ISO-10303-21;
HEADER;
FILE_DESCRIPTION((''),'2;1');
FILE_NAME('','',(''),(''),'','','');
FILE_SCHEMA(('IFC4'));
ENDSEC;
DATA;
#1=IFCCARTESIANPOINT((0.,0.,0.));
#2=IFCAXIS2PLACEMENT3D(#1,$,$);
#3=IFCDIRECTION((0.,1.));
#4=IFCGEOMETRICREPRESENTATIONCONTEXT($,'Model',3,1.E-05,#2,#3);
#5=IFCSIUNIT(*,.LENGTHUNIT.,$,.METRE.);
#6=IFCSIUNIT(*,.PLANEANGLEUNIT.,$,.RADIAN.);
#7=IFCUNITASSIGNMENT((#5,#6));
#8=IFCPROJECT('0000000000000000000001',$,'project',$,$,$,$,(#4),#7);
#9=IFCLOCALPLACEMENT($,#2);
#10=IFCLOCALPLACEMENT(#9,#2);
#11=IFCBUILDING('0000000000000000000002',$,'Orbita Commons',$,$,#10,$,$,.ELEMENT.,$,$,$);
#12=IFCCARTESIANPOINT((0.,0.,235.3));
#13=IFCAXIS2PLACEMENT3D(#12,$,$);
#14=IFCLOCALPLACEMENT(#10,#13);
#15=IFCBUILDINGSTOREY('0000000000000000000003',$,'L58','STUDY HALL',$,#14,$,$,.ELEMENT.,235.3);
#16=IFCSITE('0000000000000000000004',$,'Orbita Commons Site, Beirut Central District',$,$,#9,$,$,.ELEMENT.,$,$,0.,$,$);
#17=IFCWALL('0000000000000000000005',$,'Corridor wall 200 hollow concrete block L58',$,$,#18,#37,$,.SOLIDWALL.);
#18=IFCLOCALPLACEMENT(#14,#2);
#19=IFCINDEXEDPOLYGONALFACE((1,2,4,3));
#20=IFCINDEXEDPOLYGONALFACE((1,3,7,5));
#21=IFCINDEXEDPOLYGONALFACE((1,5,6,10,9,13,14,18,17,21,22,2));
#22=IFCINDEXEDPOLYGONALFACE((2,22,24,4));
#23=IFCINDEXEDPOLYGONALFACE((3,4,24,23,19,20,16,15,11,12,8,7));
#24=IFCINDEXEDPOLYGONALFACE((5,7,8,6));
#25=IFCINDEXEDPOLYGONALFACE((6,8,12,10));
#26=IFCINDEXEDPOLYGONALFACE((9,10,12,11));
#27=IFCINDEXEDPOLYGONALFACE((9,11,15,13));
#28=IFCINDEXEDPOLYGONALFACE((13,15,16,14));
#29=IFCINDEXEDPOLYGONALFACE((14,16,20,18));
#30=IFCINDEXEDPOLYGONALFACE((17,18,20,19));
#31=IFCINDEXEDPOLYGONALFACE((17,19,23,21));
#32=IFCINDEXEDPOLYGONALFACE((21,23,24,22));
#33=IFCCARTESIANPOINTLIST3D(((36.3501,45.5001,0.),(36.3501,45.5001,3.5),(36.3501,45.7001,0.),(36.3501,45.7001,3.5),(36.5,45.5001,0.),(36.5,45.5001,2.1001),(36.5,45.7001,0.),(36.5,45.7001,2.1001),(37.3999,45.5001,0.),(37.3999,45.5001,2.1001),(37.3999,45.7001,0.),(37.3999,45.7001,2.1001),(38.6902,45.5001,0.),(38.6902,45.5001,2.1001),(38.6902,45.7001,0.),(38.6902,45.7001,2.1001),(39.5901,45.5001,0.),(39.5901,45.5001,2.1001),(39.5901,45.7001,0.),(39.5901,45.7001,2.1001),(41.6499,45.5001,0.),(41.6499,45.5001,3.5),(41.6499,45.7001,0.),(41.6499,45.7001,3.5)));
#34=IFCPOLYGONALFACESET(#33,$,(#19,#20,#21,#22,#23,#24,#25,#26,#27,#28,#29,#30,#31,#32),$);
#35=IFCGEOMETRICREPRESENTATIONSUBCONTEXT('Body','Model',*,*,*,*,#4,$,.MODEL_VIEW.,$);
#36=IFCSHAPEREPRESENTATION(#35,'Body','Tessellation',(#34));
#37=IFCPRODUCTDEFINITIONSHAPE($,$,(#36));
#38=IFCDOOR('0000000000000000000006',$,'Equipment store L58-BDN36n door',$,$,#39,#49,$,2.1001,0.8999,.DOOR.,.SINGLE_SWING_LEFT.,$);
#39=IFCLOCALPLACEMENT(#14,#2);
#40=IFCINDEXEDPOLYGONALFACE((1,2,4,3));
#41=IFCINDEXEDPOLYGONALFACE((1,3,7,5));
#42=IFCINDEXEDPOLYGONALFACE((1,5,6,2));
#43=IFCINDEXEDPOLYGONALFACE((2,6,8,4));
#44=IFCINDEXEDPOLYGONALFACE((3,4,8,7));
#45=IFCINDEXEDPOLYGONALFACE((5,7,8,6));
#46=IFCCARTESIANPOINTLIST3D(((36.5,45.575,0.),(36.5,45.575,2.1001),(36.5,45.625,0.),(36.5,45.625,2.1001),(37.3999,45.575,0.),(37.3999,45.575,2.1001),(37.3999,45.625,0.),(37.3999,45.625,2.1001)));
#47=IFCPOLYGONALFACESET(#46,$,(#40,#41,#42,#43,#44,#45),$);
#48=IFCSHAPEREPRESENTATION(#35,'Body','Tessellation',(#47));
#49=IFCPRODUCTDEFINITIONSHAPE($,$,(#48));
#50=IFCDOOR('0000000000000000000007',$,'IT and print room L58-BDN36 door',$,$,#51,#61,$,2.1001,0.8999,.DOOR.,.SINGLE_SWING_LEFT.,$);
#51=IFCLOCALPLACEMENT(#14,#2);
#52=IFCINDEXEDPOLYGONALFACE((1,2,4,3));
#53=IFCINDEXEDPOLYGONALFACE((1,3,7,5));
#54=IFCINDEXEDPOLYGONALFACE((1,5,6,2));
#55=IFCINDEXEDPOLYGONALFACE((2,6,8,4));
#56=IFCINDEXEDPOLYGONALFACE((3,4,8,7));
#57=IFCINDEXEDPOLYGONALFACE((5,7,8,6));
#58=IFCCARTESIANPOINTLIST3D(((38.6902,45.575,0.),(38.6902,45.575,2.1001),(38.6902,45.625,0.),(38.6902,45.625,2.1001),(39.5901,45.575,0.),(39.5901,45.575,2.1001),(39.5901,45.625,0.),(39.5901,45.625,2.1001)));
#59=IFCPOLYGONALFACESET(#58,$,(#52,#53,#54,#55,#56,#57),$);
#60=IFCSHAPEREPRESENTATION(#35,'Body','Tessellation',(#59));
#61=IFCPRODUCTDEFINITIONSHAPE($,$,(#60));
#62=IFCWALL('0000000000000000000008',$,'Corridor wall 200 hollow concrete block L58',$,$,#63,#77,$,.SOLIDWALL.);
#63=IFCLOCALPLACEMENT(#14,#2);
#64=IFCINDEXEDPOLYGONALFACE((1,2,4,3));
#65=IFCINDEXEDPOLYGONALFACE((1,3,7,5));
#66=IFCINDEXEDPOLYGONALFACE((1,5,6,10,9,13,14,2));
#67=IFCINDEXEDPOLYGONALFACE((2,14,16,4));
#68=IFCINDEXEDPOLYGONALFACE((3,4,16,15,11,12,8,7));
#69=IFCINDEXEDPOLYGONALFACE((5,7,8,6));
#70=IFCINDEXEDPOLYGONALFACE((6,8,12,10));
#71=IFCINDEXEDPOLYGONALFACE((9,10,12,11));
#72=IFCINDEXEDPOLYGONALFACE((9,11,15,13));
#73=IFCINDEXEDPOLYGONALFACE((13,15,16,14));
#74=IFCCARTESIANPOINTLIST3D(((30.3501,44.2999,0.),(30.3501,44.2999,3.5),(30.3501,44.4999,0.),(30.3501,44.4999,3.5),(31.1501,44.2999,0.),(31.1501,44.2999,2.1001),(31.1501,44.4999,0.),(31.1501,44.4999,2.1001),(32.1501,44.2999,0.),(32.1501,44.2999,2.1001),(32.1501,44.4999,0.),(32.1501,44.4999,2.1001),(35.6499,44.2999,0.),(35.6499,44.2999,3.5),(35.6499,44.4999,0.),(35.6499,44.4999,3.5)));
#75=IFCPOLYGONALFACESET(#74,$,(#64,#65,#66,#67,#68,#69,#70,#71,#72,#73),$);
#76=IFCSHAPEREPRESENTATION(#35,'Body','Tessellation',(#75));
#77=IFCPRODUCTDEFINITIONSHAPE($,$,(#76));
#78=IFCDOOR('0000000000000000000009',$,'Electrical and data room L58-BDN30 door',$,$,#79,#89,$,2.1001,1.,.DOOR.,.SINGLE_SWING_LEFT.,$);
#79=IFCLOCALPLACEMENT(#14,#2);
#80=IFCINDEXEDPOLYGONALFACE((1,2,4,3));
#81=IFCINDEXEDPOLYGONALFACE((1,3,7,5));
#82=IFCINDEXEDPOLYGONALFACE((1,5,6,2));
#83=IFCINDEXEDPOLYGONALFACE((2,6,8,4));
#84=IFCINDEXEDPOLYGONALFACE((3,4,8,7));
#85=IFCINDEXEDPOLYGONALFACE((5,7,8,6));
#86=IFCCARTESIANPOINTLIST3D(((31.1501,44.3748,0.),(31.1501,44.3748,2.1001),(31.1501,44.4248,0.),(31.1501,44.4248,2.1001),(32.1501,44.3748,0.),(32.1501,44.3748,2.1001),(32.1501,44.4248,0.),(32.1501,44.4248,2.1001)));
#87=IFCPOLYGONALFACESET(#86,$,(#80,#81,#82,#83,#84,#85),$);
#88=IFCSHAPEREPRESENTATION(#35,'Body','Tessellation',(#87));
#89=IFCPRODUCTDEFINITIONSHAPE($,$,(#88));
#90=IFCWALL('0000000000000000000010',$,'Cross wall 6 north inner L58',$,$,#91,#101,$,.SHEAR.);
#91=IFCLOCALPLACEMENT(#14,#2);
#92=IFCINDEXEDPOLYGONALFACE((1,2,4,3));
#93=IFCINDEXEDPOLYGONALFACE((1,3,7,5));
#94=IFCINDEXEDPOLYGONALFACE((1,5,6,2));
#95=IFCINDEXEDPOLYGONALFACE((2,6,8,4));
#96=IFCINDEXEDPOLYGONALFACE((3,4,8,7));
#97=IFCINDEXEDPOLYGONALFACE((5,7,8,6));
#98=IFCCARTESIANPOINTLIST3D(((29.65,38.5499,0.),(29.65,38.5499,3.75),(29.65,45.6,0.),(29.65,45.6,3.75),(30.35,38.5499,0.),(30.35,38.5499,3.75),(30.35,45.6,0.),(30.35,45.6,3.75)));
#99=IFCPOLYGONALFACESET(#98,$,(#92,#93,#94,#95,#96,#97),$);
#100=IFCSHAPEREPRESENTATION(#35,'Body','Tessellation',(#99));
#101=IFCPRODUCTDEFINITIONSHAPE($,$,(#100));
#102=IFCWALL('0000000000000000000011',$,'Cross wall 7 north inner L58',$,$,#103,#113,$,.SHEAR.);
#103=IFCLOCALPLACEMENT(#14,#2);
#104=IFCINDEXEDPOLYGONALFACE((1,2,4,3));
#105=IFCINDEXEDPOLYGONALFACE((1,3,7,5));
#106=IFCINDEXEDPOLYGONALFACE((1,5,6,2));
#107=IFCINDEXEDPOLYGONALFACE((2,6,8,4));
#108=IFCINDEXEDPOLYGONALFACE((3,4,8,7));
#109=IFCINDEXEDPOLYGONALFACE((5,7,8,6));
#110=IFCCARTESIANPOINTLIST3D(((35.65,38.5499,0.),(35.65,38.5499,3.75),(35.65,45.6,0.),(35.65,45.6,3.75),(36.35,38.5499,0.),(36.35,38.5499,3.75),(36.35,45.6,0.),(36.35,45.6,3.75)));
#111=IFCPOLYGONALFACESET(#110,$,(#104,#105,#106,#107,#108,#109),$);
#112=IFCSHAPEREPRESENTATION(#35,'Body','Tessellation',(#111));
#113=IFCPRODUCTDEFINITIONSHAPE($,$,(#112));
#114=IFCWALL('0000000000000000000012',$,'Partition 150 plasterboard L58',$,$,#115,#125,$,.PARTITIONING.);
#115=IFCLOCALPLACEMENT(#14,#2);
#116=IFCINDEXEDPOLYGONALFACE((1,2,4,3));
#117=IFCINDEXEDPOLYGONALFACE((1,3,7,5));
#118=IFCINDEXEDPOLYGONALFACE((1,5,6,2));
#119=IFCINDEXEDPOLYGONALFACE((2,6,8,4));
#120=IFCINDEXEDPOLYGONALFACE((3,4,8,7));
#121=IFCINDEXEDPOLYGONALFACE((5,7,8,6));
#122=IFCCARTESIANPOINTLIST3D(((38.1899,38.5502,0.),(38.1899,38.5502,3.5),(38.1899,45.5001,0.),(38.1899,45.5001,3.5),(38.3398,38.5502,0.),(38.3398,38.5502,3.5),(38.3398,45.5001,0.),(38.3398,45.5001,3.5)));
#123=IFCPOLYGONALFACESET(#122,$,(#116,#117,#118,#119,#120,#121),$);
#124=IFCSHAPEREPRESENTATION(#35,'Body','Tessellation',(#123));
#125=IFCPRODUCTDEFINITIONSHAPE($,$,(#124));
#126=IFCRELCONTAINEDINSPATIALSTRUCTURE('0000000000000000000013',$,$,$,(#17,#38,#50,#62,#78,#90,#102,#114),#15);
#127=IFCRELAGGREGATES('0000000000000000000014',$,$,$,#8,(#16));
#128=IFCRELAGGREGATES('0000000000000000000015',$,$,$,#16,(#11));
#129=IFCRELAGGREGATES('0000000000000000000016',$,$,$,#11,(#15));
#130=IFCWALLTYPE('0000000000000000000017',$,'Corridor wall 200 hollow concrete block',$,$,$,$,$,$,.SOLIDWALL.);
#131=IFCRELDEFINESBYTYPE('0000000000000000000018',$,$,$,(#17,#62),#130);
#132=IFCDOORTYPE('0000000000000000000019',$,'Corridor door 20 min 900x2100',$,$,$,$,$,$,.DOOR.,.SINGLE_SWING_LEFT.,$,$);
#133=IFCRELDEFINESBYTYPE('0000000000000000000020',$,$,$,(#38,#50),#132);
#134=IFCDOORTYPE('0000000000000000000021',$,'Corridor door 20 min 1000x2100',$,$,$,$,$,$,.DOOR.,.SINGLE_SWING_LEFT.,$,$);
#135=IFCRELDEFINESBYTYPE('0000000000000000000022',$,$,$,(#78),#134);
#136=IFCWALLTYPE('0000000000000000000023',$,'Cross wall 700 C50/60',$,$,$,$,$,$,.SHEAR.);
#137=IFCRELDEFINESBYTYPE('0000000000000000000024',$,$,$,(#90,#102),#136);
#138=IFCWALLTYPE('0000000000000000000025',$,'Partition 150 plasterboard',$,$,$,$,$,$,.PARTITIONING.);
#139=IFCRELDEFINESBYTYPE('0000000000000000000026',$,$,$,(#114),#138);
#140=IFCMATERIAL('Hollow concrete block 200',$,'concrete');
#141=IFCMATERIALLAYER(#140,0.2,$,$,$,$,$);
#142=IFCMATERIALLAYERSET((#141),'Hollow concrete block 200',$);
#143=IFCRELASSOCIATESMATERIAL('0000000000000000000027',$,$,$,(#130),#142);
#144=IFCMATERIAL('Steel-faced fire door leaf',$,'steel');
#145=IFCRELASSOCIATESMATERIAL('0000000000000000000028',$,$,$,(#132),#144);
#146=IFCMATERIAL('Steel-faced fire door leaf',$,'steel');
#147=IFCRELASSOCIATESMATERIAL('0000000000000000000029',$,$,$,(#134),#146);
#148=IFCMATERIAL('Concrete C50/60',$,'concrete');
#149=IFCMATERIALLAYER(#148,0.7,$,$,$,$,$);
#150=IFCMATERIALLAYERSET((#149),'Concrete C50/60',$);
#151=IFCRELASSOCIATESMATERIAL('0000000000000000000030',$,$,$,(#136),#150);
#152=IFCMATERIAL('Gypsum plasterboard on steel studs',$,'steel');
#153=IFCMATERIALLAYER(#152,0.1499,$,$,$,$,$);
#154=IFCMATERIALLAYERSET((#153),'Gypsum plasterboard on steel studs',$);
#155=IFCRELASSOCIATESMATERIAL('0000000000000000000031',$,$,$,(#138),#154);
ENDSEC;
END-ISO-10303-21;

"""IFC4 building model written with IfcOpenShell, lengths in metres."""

from ifc_helpers import new_model, si_unit, direction, frame, frame_2d, origin, place, context, subcontext, project, spatial, rectangle, extrude, material, layer, layer_set, type_object, element, fill, save


model = new_model("IFC4")

# Units and contexts
model_context = context("Model", 3, precision=1e-05, world=origin(), true_north=direction((0.0, 1.0)))
body_context = subcontext(model_context, "Body", "Model", "MODEL_VIEW")
ifc_project = project(units=[si_unit("LENGTHUNIT", "METRE"), si_unit("PLANEANGLEUNIT", "RADIAN")], contexts=[model_context])

# Site, building, storey
site_placement = place(None, origin())
site = spatial("IfcSite", under=ifc_project, at=site_placement, Name="Orbita Commons Site, Beirut Central District", CompositionType="ELEMENT", RefElevation=0.0)
building_placement = place(site_placement, origin())
building = spatial("IfcBuilding", under=site, at=building_placement, Name="Orbita Commons", CompositionType="ELEMENT")
storey_placement = place(building_placement, frame((0.0, 0.0, 235.3)))
storey = spatial("IfcBuildingStorey", under=building, at=storey_placement, Name="L58", Description="STUDY HALL", CompositionType="ELEMENT", Elevation=235.3)

# Wall, openings, doors
ifc_material_1 = material(Name="Hollow concrete block 200", Category="concrete")
ifc_layer_1 = layer(ifc_material_1, 0.2)
ifc_layer_set_1 = layer_set([ifc_layer_1], Name="Hollow concrete block 200")
wall_type_1 = type_object("IfcWallType", Name="Corridor wall 200 hollow concrete block", PredefinedType="SOLIDWALL", material=ifc_layer_set_1)
wall_1_placement = place(storey_placement, frame((36.3501, 45.6001, 0.0), z_axis=(0.0, 0.0, 1.0), x_axis=(1.0, 0.0, 0.0)))
wall_1 = element("IfcWall", 1, at=wall_1_placement, inside=storey, type_object=wall_type_1, Name="Corridor wall 200 hollow concrete block L58", PredefinedType="SOLIDWALL", context=body_context, shape_type="SweptSolid", body=[
    extrude(rectangle(XDim=5.2998, YDim=0.2, at=frame_2d((2.6499, 0.0))), origin(), (0.0, 0.0, 1.0), 3.5),
])
opening_1_placement = place(wall_1_placement, frame((0.1499, 0.0, 0.0)))
opening_1 = element("IfcOpeningElement", 2, at=opening_1_placement, cuts=wall_1, PredefinedType="OPENING", context=body_context, shape_type="SweptSolid", body=[
    extrude(rectangle(XDim=0.8999, YDim=2.1001, at=frame_2d((0.45, 1.05))), frame((0.0, 0.1099, 0.0), z_axis=(0.0, -1.0, 0.0), x_axis=(1.0, 0.0, 0.0)), (0.0, 0.0, 1.0), 0.22),
])
opening_2_placement = place(wall_1_placement, frame((2.3401, 0.0, 0.0)))
opening_2 = element("IfcOpeningElement", 3, at=opening_2_placement, cuts=wall_1, PredefinedType="OPENING", context=body_context, shape_type="SweptSolid", body=[
    extrude(rectangle(XDim=0.8999, YDim=2.1001, at=frame_2d((0.45, 1.05))), frame((0.0, 0.1099, 0.0), z_axis=(0.0, -1.0, 0.0), x_axis=(1.0, 0.0, 0.0)), (0.0, 0.0, 1.0), 0.22),
])
ifc_material_2 = material(Name="Steel-faced fire door leaf", Category="steel")
door_type_1 = type_object("IfcDoorType", Name="Corridor door 20 min 900x2100", OperationType="SINGLE_SWING_LEFT", PredefinedType="DOOR", material=ifc_material_2)
door_1_placement = place(opening_1_placement, origin())
door_1 = element("IfcDoor", 4, at=door_1_placement, inside=storey, type_object=door_type_1, Name="Equipment store L58-BDN36n door", OperationType="SINGLE_SWING_LEFT", OverallHeight=2.1001, OverallWidth=0.8999, PredefinedType="DOOR", context=body_context, shape_type="SweptSolid", body=[
    extrude(rectangle(XDim=0.8999, YDim=2.1001, at=frame_2d((0.45, 1.05))), frame((0.0, 0.0249, 0.0), z_axis=(0.0, -1.0, 0.0), x_axis=(1.0, 0.0, 0.0)), (0.0, 0.0, 1.0), 0.05),
])
fill(opening_1, door_1)
door_2_placement = place(opening_2_placement, origin())
door_2 = element("IfcDoor", 5, at=door_2_placement, inside=storey, type_object=door_type_1, Name="IT and print room L58-BDN36 door", OperationType="SINGLE_SWING_LEFT", OverallHeight=2.1001, OverallWidth=0.8999, PredefinedType="DOOR", context=body_context, shape_type="SweptSolid", body=[
    extrude(rectangle(XDim=0.8999, YDim=2.1001, at=frame_2d((0.45, 1.05))), frame((0.0, 0.0249, 0.0), z_axis=(0.0, -1.0, 0.0), x_axis=(1.0, 0.0, 0.0)), (0.0, 0.0, 1.0), 0.05),
])
fill(opening_2, door_2)

# Wall, opening, door
wall_2_placement = place(storey_placement, frame((30.3501, 44.3999, 0.0), z_axis=(0.0, 0.0, 1.0), x_axis=(1.0, 0.0, 0.0)))
wall_2 = element("IfcWall", 6, at=wall_2_placement, inside=storey, type_object=wall_type_1, Name="Corridor wall 200 hollow concrete block L58", PredefinedType="SOLIDWALL", context=body_context, shape_type="SweptSolid", body=[
    extrude(rectangle(XDim=5.2998, YDim=0.2, at=frame_2d((2.6499, 0.0))), origin(), (0.0, 0.0, 1.0), 3.5),
])
opening_3_placement = place(wall_2_placement, frame((0.8, 0.0, 0.0)))
opening_3 = element("IfcOpeningElement", 7, at=opening_3_placement, cuts=wall_2, PredefinedType="OPENING", context=body_context, shape_type="SweptSolid", body=[
    extrude(rectangle(XDim=1.0, YDim=2.1001, at=frame_2d((0.5, 1.05))), frame((0.0, 0.1099, 0.0), z_axis=(0.0, -1.0, 0.0), x_axis=(1.0, 0.0, 0.0)), (0.0, 0.0, 1.0), 0.22),
])
ifc_material_3 = material(Name="Steel-faced fire door leaf", Category="steel")
door_type_2 = type_object("IfcDoorType", Name="Corridor door 20 min 1000x2100", OperationType="SINGLE_SWING_LEFT", PredefinedType="DOOR", material=ifc_material_3)
door_3_placement = place(opening_3_placement, origin())
door_3 = element("IfcDoor", 8, at=door_3_placement, inside=storey, type_object=door_type_2, Name="Electrical and data room L58-BDN30 door", OperationType="SINGLE_SWING_LEFT", OverallHeight=2.1001, OverallWidth=1.0, PredefinedType="DOOR", context=body_context, shape_type="SweptSolid", body=[
    extrude(rectangle(XDim=1.0, YDim=2.1001, at=frame_2d((0.5, 1.05))), frame((0.0, 0.0249, 0.0), z_axis=(0.0, -1.0, 0.0), x_axis=(1.0, 0.0, 0.0)), (0.0, 0.0, 1.0), 0.05),
])
fill(opening_3, door_3)

# Walls
ifc_material_4 = material(Name="Concrete C50/60", Category="concrete")
ifc_layer_2 = layer(ifc_material_4, 0.7)
ifc_layer_set_2 = layer_set([ifc_layer_2], Name="Concrete C50/60")
wall_type_2 = type_object("IfcWallType", Name="Cross wall 700 C50/60", PredefinedType="SHEAR", material=ifc_layer_set_2)
for number, where, z_axis, x_axis, name in (
    (9, (30.0, 38.55, 0.0), (0.0, 0.0, 1.0), (0.0, 1.0, 0.0), "Cross wall 6 north inner L58"),
    (10, (36.0, 38.55, 0.0), (0.0, 0.0, 1.0), (0.0, 1.0, 0.0), "Cross wall 7 north inner L58"),
):
    element("IfcWall", number, at=place(storey_placement, frame(where, z_axis=z_axis, x_axis=x_axis)), inside=storey, type_object=wall_type_2, Name=name, PredefinedType="SHEAR", context=body_context, shape_type="SweptSolid", body=[
        extrude(rectangle(XDim=7.05, YDim=0.7, at=frame_2d((3.5249, 0.0))), origin(), (0.0, 0.0, 1.0), 3.75),
    ])
ifc_material_5 = material(Name="Gypsum plasterboard on steel studs", Category="steel")
ifc_layer_3 = layer(ifc_material_5, 0.1499)
ifc_layer_set_3 = layer_set([ifc_layer_3], Name="Gypsum plasterboard on steel studs")
wall_type_3 = type_object("IfcWallType", Name="Partition 150 plasterboard", PredefinedType="PARTITIONING", material=ifc_layer_set_3)
wall_3_placement = place(storey_placement, frame((38.2649, 38.55, 0.0), z_axis=(0.0, 0.0, 1.0), x_axis=(0.0, 1.0, 0.0)))
element("IfcWall", 11, at=wall_3_placement, inside=storey, type_object=wall_type_3, Name="Partition 150 plasterboard L58", PredefinedType="PARTITIONING", context=body_context, shape_type="SweptSolid", body=[
    extrude(rectangle(XDim=6.95, YDim=0.1499, at=frame_2d((3.4751, 0.0))), origin(), (0.0, 0.0, 1.0), 3.5),
])

save(model, "model.ifc")
